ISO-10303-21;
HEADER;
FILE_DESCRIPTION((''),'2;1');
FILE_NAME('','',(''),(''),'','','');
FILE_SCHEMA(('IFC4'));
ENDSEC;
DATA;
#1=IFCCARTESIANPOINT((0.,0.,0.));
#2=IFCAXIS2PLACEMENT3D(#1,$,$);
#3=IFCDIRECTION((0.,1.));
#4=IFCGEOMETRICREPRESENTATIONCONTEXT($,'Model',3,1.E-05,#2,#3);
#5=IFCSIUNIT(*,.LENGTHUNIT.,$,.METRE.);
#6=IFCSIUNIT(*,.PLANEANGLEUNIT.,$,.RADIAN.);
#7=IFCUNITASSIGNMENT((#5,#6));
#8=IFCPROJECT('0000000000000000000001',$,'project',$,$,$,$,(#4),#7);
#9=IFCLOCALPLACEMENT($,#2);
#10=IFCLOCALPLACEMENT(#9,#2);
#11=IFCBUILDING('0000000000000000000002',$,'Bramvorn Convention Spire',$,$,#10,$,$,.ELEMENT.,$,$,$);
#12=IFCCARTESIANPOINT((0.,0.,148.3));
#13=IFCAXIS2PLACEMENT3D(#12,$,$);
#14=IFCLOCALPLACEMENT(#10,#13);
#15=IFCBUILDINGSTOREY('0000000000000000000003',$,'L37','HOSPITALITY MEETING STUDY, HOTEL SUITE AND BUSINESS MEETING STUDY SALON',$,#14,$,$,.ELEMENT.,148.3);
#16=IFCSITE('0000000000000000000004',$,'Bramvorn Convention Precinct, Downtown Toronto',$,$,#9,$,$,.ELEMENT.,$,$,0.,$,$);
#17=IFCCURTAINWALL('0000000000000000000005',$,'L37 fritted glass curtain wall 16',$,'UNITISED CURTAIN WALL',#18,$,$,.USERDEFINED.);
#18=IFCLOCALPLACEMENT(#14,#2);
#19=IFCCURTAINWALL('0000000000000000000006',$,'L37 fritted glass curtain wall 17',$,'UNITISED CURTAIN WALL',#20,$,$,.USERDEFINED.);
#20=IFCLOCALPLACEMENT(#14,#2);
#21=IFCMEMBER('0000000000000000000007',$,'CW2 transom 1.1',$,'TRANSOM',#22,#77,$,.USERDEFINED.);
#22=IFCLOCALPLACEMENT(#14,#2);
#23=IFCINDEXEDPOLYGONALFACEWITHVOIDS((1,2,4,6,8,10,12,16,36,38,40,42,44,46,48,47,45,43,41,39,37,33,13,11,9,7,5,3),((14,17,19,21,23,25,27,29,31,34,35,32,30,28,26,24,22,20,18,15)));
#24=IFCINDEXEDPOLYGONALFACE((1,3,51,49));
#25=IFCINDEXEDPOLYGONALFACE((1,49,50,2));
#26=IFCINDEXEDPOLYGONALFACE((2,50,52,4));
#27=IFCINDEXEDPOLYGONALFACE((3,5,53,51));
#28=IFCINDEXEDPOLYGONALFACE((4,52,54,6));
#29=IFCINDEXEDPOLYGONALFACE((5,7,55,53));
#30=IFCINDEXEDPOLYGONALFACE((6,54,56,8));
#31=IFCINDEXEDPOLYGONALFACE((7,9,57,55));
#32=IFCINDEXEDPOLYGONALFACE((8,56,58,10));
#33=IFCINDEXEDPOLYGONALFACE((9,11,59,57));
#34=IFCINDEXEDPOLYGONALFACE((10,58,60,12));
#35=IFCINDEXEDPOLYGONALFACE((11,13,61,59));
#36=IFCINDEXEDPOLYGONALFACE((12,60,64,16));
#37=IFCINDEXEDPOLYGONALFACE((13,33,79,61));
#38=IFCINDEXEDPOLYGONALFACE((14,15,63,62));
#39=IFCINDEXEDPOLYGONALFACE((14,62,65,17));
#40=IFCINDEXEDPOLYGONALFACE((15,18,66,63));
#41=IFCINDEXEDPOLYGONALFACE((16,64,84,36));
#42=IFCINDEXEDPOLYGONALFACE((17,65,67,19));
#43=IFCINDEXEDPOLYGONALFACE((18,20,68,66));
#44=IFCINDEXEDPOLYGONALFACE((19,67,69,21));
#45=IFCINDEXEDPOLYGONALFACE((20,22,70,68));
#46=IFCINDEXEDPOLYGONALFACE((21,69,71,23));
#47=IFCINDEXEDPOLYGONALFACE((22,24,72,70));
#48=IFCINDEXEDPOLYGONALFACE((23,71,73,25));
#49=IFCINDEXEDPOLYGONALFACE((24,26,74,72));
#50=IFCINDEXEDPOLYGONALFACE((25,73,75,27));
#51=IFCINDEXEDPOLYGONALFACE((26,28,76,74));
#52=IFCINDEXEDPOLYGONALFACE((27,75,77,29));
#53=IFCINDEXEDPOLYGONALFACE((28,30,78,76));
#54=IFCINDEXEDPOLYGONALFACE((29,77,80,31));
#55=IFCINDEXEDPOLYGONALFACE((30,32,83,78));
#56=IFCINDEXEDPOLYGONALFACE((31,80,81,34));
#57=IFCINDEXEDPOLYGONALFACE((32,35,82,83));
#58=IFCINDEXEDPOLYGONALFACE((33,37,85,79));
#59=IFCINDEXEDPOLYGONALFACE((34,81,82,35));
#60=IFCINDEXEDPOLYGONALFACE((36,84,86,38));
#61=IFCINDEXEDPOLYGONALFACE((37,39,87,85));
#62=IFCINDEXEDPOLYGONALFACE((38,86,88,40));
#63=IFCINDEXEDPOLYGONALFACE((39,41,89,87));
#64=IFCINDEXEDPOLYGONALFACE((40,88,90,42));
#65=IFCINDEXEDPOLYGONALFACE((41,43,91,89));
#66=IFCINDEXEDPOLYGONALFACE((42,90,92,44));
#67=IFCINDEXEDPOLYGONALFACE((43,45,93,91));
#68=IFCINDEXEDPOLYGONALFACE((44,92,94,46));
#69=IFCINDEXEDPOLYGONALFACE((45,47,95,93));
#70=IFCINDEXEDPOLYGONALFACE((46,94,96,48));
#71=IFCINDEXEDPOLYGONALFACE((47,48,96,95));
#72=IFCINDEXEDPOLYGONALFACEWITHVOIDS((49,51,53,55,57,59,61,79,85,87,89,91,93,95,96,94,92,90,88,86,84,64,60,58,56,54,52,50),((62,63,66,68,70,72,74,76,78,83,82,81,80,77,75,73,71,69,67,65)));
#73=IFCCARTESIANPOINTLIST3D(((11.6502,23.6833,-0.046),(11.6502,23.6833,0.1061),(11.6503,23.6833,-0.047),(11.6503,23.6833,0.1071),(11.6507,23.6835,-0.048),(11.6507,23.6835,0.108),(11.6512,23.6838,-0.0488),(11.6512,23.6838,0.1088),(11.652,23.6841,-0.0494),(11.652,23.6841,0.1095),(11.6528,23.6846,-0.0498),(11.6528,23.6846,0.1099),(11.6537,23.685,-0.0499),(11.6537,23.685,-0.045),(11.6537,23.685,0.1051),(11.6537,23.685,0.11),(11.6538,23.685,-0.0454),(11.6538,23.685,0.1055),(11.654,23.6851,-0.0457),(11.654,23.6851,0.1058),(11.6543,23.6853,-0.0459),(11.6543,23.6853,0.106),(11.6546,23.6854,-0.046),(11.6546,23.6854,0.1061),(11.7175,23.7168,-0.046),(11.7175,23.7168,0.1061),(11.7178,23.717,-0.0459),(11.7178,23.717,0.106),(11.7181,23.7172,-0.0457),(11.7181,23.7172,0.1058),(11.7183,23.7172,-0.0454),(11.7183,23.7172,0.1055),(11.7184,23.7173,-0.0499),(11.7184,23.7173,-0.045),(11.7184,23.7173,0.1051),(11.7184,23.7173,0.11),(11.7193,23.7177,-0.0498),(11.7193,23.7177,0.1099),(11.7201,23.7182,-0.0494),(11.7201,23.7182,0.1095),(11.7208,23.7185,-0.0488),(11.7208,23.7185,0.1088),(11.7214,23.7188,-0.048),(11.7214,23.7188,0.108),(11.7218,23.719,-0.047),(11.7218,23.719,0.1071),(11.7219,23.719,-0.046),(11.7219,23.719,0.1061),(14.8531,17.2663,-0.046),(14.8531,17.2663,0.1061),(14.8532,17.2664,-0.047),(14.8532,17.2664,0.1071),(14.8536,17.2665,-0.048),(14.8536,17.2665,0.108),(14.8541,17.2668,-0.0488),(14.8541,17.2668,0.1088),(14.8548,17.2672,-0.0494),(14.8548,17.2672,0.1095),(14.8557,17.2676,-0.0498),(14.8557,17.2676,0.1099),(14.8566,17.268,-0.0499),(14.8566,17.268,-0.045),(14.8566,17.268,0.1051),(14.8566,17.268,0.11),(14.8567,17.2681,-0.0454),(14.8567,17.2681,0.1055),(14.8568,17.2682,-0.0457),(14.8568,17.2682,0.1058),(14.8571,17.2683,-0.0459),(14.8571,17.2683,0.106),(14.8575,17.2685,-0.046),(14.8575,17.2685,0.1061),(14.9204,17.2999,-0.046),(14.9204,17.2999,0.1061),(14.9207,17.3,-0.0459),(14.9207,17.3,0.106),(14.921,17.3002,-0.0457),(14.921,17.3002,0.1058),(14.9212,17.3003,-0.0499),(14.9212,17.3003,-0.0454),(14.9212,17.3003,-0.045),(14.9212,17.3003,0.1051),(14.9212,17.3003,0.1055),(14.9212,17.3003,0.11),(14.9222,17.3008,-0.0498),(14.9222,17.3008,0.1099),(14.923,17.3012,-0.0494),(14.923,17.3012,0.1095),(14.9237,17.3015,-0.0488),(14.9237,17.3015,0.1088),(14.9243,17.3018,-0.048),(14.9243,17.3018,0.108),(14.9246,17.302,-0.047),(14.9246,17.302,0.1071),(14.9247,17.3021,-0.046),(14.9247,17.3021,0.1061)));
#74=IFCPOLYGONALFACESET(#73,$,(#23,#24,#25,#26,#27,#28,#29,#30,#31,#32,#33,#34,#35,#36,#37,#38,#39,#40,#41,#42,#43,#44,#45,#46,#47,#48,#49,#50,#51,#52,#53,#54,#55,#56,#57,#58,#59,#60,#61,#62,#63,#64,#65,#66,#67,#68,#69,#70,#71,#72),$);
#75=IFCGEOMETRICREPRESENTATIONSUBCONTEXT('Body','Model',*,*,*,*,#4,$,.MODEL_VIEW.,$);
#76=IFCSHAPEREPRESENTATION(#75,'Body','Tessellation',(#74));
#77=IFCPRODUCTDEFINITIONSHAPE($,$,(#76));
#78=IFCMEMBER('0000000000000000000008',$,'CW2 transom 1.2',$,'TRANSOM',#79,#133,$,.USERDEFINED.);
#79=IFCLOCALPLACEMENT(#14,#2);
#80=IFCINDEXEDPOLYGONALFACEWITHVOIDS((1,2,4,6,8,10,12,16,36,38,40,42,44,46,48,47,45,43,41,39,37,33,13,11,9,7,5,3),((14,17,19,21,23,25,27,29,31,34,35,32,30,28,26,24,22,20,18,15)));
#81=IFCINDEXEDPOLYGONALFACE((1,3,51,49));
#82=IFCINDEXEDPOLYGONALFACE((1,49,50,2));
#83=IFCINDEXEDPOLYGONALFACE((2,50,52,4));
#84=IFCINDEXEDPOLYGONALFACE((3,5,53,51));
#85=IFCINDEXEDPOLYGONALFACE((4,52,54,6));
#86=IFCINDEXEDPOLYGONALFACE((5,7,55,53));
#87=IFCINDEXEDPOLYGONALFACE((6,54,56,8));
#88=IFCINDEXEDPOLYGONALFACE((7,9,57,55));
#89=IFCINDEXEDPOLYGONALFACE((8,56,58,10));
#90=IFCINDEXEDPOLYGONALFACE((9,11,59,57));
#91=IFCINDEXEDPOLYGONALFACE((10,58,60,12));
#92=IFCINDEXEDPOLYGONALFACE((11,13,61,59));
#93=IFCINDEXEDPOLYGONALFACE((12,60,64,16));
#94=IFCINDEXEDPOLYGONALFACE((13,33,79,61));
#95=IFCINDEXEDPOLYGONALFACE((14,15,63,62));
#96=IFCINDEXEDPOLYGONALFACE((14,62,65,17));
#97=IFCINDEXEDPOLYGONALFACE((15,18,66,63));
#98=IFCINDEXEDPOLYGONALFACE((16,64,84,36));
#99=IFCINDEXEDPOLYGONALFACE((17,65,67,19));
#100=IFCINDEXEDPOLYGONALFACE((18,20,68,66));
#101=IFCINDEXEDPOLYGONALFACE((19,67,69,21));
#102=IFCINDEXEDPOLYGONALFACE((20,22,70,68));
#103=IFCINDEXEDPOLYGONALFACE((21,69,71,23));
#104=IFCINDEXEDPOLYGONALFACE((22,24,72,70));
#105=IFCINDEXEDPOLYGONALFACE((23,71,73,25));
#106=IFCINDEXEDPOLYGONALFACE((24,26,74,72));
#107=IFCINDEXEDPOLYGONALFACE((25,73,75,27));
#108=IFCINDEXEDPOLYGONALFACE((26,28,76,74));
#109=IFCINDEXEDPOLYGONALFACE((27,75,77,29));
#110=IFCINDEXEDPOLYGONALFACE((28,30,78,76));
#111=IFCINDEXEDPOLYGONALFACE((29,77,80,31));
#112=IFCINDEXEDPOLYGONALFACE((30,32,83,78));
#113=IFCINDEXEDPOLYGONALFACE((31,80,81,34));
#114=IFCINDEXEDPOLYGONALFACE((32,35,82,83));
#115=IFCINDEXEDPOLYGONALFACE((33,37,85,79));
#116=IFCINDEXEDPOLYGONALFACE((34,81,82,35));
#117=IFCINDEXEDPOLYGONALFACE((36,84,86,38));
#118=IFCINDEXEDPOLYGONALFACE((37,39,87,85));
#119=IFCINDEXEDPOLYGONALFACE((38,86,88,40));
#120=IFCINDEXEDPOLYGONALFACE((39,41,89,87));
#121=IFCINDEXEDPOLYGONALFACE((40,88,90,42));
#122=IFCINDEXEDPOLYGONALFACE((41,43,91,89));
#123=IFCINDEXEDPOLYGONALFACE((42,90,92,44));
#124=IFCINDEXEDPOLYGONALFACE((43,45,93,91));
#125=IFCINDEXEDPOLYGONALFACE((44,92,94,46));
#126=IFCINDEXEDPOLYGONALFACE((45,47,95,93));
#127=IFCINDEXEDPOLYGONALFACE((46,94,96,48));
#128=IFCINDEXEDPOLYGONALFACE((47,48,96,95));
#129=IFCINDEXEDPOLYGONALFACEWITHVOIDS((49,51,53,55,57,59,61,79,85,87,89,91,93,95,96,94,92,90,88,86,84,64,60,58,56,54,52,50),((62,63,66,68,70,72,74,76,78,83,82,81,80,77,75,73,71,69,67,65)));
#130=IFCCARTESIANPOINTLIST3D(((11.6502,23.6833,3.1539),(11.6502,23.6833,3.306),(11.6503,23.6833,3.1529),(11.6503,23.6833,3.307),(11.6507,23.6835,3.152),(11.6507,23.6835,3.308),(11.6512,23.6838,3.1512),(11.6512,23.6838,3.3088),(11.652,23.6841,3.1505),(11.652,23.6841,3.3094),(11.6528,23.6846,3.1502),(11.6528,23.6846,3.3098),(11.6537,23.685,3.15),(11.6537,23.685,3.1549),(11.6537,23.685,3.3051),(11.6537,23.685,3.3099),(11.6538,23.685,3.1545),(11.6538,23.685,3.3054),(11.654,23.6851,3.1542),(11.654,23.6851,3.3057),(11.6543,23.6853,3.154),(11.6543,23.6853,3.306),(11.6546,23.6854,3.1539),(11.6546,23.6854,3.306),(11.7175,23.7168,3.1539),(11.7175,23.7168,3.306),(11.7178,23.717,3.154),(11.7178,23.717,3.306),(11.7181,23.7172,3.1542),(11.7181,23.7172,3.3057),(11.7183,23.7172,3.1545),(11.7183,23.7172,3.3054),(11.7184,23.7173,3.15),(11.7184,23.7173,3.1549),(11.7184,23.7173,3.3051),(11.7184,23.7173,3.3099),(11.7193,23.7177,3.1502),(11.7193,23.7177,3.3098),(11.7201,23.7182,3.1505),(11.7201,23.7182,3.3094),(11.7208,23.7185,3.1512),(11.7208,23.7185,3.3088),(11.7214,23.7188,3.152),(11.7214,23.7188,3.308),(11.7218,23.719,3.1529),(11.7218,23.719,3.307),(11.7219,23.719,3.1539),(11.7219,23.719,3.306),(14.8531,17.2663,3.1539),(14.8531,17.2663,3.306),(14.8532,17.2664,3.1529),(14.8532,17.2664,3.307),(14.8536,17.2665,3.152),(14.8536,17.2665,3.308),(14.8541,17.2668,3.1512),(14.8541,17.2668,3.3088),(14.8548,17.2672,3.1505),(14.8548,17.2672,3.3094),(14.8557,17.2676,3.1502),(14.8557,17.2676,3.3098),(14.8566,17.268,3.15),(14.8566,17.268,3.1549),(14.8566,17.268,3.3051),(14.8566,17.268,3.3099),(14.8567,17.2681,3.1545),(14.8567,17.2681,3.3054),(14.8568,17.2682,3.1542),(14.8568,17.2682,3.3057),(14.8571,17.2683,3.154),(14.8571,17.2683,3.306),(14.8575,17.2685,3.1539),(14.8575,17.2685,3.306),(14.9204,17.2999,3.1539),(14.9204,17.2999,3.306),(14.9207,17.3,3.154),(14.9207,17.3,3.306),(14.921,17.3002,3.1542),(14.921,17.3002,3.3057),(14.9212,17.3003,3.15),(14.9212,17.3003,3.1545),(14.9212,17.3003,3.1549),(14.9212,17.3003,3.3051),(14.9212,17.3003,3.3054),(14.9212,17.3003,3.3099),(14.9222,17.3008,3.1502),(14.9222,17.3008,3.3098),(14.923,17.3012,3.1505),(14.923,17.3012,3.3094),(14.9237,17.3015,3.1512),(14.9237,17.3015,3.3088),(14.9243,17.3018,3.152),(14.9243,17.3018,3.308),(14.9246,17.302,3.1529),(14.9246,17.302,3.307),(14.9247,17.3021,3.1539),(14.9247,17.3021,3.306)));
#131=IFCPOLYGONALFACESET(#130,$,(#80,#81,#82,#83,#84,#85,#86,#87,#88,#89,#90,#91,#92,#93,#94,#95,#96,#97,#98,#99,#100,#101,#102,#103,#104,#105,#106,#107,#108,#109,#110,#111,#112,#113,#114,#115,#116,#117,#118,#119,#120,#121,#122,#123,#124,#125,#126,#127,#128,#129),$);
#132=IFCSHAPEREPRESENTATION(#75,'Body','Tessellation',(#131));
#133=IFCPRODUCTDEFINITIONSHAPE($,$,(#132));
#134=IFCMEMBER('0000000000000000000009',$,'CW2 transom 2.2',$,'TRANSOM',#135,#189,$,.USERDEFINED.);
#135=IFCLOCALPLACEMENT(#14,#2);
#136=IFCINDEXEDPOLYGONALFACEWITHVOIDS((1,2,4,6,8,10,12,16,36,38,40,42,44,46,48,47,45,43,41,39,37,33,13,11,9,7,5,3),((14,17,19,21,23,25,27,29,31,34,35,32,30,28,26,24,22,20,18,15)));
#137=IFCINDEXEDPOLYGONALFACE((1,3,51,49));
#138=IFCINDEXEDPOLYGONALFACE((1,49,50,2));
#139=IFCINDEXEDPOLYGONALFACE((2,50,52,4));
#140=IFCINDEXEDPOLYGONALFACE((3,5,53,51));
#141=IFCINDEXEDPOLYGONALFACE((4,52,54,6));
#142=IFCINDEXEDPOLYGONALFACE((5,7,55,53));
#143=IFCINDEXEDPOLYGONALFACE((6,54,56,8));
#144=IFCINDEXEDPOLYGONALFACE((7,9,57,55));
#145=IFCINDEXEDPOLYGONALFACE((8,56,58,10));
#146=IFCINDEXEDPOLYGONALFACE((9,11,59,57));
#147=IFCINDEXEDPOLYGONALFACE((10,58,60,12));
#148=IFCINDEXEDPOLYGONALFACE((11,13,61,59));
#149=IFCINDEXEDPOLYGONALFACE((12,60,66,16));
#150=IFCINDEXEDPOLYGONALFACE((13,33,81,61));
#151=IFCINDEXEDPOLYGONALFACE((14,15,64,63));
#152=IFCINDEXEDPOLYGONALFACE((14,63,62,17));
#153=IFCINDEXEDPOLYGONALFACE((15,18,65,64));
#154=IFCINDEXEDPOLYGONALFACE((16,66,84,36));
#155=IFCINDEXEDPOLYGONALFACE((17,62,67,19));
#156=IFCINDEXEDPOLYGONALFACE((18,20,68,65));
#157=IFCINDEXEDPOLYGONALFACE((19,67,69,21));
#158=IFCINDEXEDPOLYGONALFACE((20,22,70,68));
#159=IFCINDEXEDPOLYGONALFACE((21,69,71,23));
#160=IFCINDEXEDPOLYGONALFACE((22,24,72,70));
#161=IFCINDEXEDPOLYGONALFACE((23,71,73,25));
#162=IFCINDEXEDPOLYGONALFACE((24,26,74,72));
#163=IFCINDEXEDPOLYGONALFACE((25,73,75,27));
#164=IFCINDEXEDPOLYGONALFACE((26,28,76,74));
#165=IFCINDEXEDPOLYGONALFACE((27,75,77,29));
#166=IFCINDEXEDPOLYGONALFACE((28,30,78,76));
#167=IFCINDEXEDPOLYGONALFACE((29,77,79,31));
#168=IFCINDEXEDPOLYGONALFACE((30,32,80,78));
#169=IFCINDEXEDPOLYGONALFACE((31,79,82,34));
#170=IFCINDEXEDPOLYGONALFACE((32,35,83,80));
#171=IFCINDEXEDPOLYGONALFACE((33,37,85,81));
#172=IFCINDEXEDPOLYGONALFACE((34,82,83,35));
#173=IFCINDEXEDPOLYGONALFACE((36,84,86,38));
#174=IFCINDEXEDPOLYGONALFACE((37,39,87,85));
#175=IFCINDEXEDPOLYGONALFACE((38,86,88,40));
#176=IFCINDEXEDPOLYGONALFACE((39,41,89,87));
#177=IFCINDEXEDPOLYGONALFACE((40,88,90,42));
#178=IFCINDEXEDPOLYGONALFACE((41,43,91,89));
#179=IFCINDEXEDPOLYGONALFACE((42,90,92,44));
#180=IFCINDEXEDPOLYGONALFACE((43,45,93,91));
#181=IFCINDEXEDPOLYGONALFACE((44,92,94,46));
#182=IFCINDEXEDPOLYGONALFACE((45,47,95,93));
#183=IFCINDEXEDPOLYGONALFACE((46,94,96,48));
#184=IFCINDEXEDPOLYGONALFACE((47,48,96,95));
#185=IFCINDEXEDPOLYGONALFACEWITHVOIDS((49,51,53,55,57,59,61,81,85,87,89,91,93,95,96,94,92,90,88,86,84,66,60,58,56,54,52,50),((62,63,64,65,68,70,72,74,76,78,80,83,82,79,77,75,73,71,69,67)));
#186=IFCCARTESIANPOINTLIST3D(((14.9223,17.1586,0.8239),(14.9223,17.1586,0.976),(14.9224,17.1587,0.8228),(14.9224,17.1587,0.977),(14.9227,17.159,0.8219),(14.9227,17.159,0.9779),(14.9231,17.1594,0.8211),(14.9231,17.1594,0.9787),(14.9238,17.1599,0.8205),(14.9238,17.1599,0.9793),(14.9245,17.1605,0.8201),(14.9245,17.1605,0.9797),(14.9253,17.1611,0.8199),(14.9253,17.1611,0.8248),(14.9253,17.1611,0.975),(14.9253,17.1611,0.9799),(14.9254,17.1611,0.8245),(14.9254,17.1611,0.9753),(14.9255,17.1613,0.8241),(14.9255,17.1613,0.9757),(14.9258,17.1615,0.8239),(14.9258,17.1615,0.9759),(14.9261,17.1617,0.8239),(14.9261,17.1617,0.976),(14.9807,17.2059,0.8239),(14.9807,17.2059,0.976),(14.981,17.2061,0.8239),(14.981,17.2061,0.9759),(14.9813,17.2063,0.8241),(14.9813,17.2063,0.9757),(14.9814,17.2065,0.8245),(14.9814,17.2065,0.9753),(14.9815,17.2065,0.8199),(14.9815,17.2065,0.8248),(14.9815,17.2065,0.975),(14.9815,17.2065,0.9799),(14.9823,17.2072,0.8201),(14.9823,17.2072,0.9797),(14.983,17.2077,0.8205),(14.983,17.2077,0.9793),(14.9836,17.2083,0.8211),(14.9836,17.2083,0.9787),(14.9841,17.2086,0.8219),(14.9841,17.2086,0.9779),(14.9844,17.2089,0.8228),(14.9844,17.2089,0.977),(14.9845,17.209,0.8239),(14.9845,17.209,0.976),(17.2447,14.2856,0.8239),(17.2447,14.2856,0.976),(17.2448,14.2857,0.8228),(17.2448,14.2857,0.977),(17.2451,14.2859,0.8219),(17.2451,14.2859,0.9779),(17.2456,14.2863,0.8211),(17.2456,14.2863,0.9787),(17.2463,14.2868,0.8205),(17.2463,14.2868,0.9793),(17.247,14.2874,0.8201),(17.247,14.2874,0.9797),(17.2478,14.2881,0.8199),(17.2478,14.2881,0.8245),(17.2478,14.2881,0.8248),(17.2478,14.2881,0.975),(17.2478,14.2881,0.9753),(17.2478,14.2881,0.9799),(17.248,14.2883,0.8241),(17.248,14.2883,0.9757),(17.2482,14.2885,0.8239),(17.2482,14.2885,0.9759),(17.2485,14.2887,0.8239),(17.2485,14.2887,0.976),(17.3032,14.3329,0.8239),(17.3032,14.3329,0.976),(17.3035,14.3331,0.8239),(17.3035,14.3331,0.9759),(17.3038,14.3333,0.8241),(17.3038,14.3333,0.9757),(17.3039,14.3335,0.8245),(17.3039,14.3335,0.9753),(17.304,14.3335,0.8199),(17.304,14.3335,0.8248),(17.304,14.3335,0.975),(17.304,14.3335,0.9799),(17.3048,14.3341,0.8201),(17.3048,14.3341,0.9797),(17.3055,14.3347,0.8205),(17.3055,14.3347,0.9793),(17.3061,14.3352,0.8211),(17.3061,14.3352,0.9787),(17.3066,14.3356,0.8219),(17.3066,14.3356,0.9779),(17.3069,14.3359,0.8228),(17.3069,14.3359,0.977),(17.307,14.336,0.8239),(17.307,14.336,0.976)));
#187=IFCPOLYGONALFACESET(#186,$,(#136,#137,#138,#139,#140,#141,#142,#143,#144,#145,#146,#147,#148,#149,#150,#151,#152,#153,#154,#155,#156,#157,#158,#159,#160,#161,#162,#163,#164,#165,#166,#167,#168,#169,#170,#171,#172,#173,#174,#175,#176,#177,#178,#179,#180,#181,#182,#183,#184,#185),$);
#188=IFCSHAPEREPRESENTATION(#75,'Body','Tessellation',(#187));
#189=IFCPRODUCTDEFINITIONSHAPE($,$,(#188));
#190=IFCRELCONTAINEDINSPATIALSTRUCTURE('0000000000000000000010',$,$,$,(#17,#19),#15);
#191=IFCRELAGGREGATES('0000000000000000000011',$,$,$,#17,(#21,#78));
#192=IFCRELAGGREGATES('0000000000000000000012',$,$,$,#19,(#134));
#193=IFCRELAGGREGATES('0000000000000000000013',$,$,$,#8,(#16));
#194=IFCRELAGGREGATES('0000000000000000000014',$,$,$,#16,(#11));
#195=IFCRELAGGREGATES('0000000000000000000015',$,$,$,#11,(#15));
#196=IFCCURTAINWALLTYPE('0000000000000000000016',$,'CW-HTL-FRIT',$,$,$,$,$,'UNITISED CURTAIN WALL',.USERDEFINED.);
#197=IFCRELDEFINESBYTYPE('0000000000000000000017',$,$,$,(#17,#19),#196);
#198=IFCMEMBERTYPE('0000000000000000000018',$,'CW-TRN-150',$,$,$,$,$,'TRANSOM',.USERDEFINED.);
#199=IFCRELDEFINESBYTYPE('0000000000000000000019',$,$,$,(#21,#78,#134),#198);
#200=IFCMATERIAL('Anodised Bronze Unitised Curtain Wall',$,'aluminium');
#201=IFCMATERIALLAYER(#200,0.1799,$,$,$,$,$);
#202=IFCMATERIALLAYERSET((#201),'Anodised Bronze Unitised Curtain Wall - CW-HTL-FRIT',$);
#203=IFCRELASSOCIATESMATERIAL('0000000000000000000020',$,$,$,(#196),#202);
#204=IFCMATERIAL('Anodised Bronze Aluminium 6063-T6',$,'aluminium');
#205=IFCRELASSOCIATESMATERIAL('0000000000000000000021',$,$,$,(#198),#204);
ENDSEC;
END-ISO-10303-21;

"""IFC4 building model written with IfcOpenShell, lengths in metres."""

from ifc_helpers import new_model, si_unit, direction, frame, origin, origin_2d, place, context, subcontext, project, spatial, hollow_rectangle, extrude, material, layer, layer_set, material_profile, profile_set, type_object, element, aggregate, save


model = new_model("IFC4")

# Units and contexts
model_context = context("Model", 3, precision=1e-05, world=origin(), true_north=direction((0.0, 1.0)))
body_context = subcontext(model_context, "Body", "Model", "MODEL_VIEW")
ifc_project = project(units=[si_unit("LENGTHUNIT", "METRE"), si_unit("PLANEANGLEUNIT", "RADIAN")], contexts=[model_context])

# Site, building, storey
site_placement = place(None, origin())
site = spatial("IfcSite", under=ifc_project, at=site_placement, Name="Bramvorn Convention Precinct, Downtown Toronto", CompositionType="ELEMENT", RefElevation=0.0)
building_placement = place(site_placement, origin())
building = spatial("IfcBuilding", under=site, at=building_placement, Name="Bramvorn Convention Spire", CompositionType="ELEMENT")
storey_placement = place(building_placement, frame((0.0, 0.0, 148.3)))
storey = spatial("IfcBuildingStorey", under=building, at=storey_placement, Name="L37", Description="HOSPITALITY MEETING STUDY, HOTEL SUITE AND BUSINESS MEETING STUDY SALON", CompositionType="ELEMENT", Elevation=148.3)

# Curtain wall
ifc_material_1 = material(Name="Anodised Bronze Unitised Curtain Wall", Category="aluminium")
ifc_layer_1 = layer(ifc_material_1, 0.1799)
ifc_layer_set_1 = layer_set([ifc_layer_1], Name="Anodised Bronze Unitised Curtain Wall - CW-HTL-FRIT")
curtain_wall_type = type_object("IfcCurtainWallType", Name="CW-HTL-FRIT", ElementType="UNITISED CURTAIN WALL", PredefinedType="USERDEFINED", material=ifc_layer_set_1)
curtain_wall_1_placement = place(storey_placement, origin())
curtain_wall_1 = element("IfcCurtainWall", 1, at=curtain_wall_1_placement, inside=storey, type_object=curtain_wall_type, Name="L37 fritted glass curtain wall 16", ObjectType="UNITISED CURTAIN WALL", PredefinedType="USERDEFINED")
ifc_material_2 = material(Name="Anodised Bronze Aluminium 6063-T6", Category="aluminium")

# Curtain wall
curtain_wall_2_placement = place(storey_placement, origin())
curtain_wall_2 = element("IfcCurtainWall", 2, at=curtain_wall_2_placement, inside=storey, type_object=curtain_wall_type, Name="L37 fritted glass curtain wall 17", ObjectType="UNITISED CURTAIN WALL", PredefinedType="USERDEFINED")

# Members
ifc_material_profile_1 = material_profile(ifc_material_2, hollow_rectangle(XDim=0.0801, YDim=0.1599, WallThickness=0.0039, InnerFilletRadius=0.001, OuterFilletRadius=0.0039, at=origin_2d()))
ifc_profile_set_1 = profile_set([ifc_material_profile_1], Name="Anodised Bronze Aluminium 6063-T6 - CWT80X160")
member_type_1 = type_object("IfcMemberType", Name="CW-TRN-150", ElementType="TRANSOM", PredefinedType="USERDEFINED", material=ifc_profile_set_1)
member_1_placement = place(storey_placement, frame((14.8889, 17.2842, 0.03), z_axis=(-0.446587, 0.89474, 0.0), x_axis=(-0.89474, -0.446587, 0.0)))
member_1 = element("IfcMember", 3, at=member_1_placement, type_object=member_type_1, Name="CW2 transom 1.1", ObjectType="TRANSOM", PredefinedType="USERDEFINED", context=body_context, shape_type="SweptSolid", body=[
    extrude(hollow_rectangle(XDim=0.0801, YDim=0.1599, WallThickness=0.0039, InnerFilletRadius=0.001, OuterFilletRadius=0.0039, at=origin_2d()), origin(), (0.0, 0.0, 1.0), 7.1719),
])
member_2_placement = place(storey_placement, frame((14.8889, 17.2842, 3.23), z_axis=(-0.446587, 0.89474, 0.0), x_axis=(-0.89474, -0.446587, 0.0)))
member_2 = element("IfcMember", 4, at=member_2_placement, type_object=member_type_1, Name="CW2 transom 1.2", ObjectType="TRANSOM", PredefinedType="USERDEFINED", context=body_context, shape_type="SweptSolid", body=[
    extrude(hollow_rectangle(XDim=0.0801, YDim=0.1599, WallThickness=0.0039, InnerFilletRadius=0.001, OuterFilletRadius=0.0039, at=origin_2d()), origin(), (0.0, 0.0, 1.0), 7.1719),
])
member_3_placement = place(storey_placement, frame((17.2759, 14.3108, 0.8999), z_axis=(-0.62866, 0.77768, 0.0), x_axis=(-0.77768, -0.62866, 0.0)))
member_3 = element("IfcMember", 5, at=member_3_placement, type_object=member_type_1, Name="CW2 transom 2.2", ObjectType="TRANSOM", PredefinedType="USERDEFINED", context=body_context, shape_type="SweptSolid", body=[
    extrude(hollow_rectangle(XDim=0.0801, YDim=0.1599, WallThickness=0.0039, InnerFilletRadius=0.001, OuterFilletRadius=0.0039, at=origin_2d()), origin(), (0.0, 0.0, 1.0), 3.6943),
])

aggregate(curtain_wall_1, [member_1, member_2])
aggregate(curtain_wall_2, [member_3])

save(model, "model.ifc")
